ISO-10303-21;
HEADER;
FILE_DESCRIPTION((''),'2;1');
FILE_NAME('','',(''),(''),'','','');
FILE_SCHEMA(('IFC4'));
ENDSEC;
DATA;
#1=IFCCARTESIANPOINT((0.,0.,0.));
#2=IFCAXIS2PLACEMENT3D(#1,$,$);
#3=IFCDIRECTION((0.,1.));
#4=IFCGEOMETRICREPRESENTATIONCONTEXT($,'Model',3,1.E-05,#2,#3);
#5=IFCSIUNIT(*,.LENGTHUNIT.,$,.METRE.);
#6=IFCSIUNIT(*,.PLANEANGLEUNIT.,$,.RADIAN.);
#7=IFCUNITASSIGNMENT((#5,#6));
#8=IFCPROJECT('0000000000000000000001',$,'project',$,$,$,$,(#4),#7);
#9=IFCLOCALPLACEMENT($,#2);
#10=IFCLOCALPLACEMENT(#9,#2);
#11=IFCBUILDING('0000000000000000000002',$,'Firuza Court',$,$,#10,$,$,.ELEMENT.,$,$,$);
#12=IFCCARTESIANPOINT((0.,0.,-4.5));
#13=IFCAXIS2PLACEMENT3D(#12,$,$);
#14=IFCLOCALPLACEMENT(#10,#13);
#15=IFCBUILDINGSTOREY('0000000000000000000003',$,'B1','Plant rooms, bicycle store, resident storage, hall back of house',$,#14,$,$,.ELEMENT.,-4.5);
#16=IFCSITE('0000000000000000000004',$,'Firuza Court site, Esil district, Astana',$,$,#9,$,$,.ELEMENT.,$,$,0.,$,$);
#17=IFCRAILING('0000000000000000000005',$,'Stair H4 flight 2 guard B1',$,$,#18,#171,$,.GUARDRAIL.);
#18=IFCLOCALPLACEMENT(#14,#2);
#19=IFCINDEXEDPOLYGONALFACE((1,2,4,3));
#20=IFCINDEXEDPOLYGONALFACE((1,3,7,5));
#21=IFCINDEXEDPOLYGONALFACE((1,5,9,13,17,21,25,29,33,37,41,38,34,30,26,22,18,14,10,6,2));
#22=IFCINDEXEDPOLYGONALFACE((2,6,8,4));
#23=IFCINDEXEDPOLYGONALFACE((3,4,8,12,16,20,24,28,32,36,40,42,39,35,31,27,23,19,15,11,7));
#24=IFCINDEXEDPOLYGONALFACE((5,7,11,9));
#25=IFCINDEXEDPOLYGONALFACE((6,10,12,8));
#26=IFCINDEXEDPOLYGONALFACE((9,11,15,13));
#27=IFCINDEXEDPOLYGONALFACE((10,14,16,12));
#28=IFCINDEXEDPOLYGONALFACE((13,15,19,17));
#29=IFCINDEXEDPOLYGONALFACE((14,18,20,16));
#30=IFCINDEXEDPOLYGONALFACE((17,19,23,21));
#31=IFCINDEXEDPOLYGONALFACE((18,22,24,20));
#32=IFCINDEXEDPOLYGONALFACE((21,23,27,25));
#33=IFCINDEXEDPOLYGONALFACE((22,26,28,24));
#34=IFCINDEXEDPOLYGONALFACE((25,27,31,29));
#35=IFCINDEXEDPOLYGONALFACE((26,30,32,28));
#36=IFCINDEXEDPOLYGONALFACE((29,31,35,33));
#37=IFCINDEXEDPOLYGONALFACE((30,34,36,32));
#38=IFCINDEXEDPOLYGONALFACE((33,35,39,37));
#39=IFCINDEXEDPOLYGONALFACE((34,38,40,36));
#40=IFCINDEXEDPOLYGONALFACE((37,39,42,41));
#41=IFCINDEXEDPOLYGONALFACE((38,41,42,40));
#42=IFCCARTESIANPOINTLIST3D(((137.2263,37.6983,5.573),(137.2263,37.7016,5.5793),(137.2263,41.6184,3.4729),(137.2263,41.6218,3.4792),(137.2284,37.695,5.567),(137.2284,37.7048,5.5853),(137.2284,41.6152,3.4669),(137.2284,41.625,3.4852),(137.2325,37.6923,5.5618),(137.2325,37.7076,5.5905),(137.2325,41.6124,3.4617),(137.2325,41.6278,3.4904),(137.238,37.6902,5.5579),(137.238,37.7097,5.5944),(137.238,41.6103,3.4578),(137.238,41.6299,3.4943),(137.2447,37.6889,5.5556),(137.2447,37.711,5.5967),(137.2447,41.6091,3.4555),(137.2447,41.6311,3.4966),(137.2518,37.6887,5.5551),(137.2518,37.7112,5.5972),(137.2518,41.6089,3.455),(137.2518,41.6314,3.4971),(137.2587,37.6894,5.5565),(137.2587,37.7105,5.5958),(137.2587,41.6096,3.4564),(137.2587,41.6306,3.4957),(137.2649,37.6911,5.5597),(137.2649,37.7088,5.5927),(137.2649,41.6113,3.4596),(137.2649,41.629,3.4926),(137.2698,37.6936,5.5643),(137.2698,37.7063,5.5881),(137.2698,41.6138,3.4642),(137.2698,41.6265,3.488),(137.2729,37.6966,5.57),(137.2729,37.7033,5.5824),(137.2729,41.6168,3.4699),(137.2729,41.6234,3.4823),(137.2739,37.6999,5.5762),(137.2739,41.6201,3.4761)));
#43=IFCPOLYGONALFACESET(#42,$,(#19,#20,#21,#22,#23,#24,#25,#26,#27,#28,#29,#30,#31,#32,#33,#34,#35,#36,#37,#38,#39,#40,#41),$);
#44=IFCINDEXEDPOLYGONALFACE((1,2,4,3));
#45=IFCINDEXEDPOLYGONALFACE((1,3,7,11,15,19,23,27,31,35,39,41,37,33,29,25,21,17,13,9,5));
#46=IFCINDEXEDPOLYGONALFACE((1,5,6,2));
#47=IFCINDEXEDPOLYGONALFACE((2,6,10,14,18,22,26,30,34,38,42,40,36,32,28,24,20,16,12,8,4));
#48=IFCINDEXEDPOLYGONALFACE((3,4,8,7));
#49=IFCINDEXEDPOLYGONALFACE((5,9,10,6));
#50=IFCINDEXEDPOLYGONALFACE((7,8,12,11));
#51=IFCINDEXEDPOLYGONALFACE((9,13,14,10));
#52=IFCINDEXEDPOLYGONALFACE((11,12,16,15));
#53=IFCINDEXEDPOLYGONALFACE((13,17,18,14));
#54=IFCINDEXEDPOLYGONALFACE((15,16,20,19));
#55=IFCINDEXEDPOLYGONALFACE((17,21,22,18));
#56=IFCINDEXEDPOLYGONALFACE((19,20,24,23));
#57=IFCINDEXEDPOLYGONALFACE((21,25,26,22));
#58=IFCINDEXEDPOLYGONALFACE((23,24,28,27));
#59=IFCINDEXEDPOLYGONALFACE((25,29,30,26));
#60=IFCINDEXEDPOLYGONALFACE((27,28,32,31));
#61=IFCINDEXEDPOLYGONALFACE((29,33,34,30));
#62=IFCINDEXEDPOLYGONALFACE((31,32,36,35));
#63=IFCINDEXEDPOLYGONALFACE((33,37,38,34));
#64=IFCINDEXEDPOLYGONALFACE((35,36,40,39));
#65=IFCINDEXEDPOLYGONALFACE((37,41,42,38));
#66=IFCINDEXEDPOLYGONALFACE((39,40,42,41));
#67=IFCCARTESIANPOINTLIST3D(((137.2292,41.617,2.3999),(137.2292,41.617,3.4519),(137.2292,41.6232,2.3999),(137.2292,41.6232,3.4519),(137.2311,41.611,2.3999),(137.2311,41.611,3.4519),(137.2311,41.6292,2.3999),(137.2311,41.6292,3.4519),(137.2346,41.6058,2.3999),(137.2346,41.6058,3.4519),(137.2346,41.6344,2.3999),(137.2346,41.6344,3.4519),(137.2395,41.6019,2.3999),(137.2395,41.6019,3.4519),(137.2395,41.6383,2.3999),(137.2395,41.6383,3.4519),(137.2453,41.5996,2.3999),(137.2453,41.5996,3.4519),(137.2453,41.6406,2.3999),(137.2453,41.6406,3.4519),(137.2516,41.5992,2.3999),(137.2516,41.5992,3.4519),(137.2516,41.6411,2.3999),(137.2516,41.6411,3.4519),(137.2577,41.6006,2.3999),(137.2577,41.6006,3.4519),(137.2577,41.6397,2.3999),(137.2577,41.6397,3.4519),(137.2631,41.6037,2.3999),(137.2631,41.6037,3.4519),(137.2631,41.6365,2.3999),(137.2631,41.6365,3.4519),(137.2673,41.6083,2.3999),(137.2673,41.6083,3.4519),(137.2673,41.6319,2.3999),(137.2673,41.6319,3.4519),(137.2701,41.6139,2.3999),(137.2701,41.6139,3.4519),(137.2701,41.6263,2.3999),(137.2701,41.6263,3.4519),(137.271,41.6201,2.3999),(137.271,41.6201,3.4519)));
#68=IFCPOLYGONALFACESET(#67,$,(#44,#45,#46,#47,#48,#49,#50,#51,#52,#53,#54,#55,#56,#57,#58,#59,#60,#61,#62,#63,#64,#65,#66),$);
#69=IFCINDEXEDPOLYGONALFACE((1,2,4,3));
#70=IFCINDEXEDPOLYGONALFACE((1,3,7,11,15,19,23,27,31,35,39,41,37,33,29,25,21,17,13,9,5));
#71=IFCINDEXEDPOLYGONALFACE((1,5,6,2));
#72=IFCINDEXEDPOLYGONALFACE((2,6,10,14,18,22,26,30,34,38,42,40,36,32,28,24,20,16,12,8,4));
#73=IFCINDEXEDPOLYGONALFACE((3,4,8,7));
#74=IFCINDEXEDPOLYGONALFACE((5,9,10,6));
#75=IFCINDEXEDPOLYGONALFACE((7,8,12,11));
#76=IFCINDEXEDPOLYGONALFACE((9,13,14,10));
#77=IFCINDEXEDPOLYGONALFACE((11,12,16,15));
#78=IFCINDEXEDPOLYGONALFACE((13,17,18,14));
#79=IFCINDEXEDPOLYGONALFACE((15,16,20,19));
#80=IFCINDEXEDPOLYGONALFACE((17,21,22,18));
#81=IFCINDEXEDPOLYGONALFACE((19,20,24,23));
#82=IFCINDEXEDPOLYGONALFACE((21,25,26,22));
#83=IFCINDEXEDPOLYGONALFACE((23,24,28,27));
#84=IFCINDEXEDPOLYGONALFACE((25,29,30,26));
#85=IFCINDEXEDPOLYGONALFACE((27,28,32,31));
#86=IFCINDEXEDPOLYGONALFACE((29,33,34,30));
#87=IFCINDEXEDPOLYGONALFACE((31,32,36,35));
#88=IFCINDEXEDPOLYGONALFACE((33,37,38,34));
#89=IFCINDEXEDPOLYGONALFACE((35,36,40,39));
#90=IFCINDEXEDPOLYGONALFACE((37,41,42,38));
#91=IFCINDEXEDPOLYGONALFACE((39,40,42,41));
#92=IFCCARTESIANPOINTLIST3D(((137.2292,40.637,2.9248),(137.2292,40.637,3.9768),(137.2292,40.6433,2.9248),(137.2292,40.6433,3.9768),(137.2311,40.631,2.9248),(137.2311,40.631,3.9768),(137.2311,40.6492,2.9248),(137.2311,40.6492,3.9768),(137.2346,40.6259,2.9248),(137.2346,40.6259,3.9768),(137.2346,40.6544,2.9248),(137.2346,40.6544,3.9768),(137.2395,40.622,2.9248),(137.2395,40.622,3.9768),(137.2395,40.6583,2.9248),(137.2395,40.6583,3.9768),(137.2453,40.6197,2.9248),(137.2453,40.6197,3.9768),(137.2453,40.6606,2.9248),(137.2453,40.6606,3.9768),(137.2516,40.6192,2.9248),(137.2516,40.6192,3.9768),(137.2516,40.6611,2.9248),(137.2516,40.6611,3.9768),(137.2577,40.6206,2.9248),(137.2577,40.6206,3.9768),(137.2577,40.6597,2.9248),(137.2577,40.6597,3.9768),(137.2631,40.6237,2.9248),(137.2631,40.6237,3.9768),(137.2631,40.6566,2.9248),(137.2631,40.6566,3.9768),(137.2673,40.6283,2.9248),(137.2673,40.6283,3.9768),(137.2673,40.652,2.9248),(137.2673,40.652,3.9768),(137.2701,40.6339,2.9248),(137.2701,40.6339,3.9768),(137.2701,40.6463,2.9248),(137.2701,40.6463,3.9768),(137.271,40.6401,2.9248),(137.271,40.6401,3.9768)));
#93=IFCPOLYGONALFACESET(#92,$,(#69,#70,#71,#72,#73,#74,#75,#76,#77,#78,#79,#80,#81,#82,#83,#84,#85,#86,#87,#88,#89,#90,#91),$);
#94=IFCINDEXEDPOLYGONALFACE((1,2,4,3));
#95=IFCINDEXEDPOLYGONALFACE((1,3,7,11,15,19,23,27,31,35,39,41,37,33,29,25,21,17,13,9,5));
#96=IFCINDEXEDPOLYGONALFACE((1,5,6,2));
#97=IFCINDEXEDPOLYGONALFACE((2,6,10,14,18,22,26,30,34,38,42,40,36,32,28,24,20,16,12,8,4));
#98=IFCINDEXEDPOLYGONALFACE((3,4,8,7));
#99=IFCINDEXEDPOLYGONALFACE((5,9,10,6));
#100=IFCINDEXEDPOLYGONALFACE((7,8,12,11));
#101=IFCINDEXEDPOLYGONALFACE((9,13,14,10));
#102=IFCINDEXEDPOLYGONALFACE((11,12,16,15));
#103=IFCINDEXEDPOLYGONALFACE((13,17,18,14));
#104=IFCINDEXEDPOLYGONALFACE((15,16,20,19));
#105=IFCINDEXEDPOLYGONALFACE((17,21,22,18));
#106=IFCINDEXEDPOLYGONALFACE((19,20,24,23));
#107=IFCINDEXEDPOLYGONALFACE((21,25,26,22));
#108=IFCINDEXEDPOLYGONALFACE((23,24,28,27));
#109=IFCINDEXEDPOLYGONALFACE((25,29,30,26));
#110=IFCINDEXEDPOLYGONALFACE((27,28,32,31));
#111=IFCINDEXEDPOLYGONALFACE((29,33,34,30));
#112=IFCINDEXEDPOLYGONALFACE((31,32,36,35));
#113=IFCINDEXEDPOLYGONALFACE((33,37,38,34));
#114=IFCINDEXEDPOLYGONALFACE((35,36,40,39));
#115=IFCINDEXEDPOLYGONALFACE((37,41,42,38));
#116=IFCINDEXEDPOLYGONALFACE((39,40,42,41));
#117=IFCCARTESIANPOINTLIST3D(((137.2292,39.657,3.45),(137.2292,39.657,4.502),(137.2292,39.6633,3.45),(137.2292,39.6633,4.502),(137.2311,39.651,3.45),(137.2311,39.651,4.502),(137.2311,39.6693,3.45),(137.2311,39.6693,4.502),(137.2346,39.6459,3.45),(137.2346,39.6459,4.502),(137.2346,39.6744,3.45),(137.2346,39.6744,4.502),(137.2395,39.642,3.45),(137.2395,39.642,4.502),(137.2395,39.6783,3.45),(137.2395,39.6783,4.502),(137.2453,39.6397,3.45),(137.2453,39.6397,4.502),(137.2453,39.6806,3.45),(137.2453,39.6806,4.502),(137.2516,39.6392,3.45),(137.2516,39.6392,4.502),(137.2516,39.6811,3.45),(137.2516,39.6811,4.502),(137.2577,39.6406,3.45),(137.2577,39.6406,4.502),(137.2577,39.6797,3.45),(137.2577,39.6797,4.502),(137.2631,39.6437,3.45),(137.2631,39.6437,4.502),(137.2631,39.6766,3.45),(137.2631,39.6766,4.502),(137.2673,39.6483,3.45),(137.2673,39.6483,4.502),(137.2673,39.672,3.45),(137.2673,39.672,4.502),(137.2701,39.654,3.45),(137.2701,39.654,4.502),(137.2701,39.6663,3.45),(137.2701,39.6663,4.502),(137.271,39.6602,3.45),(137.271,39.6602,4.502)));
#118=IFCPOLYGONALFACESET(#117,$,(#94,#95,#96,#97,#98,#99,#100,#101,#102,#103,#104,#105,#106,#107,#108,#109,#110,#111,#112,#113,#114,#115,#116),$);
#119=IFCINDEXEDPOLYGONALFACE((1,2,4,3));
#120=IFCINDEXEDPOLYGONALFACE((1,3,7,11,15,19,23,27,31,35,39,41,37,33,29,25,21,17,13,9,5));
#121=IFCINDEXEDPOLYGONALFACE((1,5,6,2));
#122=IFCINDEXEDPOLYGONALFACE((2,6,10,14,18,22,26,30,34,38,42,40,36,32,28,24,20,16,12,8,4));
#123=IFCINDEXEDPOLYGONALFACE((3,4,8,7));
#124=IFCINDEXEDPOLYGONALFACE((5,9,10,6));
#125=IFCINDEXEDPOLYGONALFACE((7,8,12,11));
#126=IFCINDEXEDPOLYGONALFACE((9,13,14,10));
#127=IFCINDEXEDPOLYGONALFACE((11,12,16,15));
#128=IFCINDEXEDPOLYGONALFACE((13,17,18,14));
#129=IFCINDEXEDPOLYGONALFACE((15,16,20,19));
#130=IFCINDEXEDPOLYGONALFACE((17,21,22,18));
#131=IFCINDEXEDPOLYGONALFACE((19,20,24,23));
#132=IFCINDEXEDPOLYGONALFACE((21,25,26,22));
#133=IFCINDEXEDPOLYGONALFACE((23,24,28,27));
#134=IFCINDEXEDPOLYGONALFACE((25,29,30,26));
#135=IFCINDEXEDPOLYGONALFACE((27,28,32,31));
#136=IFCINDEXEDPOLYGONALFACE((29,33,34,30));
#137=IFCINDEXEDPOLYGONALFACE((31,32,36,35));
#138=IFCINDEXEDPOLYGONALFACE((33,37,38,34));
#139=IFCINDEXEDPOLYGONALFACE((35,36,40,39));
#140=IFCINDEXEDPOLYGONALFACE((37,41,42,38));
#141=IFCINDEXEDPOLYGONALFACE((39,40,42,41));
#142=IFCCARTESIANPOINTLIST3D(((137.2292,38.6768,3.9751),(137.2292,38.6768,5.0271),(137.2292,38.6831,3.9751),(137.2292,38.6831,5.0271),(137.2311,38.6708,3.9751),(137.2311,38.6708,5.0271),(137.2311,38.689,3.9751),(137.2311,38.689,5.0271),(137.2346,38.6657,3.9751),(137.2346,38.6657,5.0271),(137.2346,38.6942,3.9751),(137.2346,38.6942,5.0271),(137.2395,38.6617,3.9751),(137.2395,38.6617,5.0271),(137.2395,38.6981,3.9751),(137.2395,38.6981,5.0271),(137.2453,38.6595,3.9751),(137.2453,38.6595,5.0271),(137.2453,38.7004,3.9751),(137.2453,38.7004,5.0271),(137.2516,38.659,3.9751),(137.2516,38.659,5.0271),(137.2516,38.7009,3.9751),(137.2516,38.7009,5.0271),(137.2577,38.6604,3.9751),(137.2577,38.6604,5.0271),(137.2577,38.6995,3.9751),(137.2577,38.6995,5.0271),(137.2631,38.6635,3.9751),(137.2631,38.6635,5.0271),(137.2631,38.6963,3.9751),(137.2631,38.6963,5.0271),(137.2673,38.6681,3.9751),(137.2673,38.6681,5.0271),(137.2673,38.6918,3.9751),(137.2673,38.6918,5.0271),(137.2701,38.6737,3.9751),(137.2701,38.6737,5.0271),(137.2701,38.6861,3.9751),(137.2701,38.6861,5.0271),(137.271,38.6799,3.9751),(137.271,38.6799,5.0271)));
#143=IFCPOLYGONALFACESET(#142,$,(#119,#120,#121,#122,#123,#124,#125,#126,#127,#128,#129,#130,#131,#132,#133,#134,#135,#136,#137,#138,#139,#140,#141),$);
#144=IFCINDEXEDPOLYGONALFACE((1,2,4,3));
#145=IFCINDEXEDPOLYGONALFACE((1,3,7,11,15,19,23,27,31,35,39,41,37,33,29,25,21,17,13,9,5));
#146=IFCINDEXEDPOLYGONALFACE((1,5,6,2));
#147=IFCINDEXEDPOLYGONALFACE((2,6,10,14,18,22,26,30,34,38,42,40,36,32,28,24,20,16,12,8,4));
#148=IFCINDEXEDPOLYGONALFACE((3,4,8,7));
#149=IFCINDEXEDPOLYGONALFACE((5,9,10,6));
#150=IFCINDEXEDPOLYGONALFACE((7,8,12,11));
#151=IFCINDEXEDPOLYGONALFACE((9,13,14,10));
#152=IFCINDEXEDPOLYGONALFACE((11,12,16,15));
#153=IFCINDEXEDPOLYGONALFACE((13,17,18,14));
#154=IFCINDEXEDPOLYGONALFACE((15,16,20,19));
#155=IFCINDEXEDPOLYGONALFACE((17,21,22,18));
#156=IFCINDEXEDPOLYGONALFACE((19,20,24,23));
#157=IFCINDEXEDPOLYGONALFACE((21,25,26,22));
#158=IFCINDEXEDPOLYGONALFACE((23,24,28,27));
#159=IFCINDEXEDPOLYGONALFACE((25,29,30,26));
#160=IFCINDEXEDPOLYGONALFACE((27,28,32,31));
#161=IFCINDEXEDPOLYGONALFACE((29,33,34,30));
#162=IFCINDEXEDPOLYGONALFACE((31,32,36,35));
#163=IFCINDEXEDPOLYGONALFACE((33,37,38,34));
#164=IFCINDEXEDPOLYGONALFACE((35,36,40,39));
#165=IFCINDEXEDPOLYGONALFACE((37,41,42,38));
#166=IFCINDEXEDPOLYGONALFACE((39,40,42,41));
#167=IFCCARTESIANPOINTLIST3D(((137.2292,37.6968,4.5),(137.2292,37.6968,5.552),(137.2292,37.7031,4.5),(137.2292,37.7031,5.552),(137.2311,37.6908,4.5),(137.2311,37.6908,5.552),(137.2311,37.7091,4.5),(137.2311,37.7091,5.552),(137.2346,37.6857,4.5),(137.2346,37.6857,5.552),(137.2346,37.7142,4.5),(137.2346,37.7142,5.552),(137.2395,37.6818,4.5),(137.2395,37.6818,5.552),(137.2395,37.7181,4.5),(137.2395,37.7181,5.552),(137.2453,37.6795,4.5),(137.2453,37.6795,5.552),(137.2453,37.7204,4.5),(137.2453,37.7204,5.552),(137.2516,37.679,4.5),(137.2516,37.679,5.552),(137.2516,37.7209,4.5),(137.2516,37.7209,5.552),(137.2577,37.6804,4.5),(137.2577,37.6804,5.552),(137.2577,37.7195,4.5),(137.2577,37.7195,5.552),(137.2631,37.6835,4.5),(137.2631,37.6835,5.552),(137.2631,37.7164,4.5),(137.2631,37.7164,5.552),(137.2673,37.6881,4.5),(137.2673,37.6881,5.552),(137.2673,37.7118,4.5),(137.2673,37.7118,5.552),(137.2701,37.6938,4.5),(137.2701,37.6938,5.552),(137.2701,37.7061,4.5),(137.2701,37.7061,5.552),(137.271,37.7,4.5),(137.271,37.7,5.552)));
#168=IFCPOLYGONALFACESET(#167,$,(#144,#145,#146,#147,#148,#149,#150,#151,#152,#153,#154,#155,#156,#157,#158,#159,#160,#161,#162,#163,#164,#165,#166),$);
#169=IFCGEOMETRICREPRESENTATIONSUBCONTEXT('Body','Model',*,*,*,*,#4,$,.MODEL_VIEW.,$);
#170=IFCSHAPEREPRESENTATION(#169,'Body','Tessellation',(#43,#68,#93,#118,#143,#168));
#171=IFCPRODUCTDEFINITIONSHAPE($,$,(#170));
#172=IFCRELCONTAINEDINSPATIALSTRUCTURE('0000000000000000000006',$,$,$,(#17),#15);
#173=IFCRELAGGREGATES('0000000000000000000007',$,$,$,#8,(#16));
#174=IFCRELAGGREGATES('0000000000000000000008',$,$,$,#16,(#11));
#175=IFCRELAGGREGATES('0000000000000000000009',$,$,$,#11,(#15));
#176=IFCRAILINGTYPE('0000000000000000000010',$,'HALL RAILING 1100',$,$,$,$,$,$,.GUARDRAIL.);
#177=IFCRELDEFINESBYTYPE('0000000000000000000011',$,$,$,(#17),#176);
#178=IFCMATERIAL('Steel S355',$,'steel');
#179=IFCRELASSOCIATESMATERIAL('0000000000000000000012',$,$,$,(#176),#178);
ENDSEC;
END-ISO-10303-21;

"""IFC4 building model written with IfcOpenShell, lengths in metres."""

from ifc_helpers import new_model, si_unit, direction, frame, origin, origin_2d, place, context, subcontext, project, spatial, circle, extrude, material, type_object, element, save


model = new_model("IFC4")

# Units and contexts
model_context = context("Model", 3, precision=1e-05, world=origin(), true_north=direction((0.0, 1.0)))
body_context = subcontext(model_context, "Body", "Model", "MODEL_VIEW")
ifc_project = project(units=[si_unit("LENGTHUNIT", "METRE"), si_unit("PLANEANGLEUNIT", "RADIAN")], contexts=[model_context])

# Site, building, storey
site_placement = place(None, origin())
site = spatial("IfcSite", under=ifc_project, at=site_placement, Name="Firuza Court site, Esil district, Astana", CompositionType="ELEMENT", RefElevation=0.0)
building_placement = place(site_placement, origin())
building = spatial("IfcBuilding", under=site, at=building_placement, Name="Firuza Court", CompositionType="ELEMENT")
storey_placement = place(building_placement, frame((0.0, 0.0, -4.5)))
storey = spatial("IfcBuildingStorey", under=building, at=storey_placement, Name="B1", Description="Plant rooms, bicycle store, resident storage, hall back of house", CompositionType="ELEMENT", Elevation=-4.5)

# Railing
ifc_material_1 = material(Name="Steel S355", Category="steel")
railing_type_1 = type_object("IfcRailingType", Name="HALL RAILING 1100", PredefinedType="GUARDRAIL", material=ifc_material_1)
railing_1_placement = place(storey_placement, frame((137.25, 41.6201, 2.3999)))
element("IfcRailing", 1, at=railing_1_placement, inside=storey, type_object=railing_type_1, Name="Stair H4 flight 2 guard B1", PredefinedType="GUARDRAIL", context=body_context, shape_type="SweptSolid", body=[
    extrude(circle(Radius=0.0239, at=origin_2d()), frame((0.0, 0.0, 1.0762), z_axis=(0.0, -0.881479, 0.472223), x_axis=(1.0, 0.0, 0.0)), (0.0, 0.0, 1.0), 4.4473),
    extrude(circle(Radius=0.021, at=origin_2d()), origin(), (0.0, 0.0, 1.0), 1.052),
    extrude(circle(Radius=0.021, at=origin_2d()), frame((0.0, -0.98, 0.5249)), (0.0, 0.0, 1.0), 1.052),
    extrude(circle(Radius=0.021, at=origin_2d()), frame((0.0, -1.96, 1.05)), (0.0, 0.0, 1.0), 1.052),
    extrude(circle(Radius=0.021, at=origin_2d()), frame((0.0, -2.9402, 1.5752)), (0.0, 0.0, 1.0), 1.052),
    extrude(circle(Radius=0.021, at=origin_2d()), frame((0.0, -3.9202, 2.1001)), (0.0, 0.0, 1.0), 1.052),
])

save(model, "model.ifc")
